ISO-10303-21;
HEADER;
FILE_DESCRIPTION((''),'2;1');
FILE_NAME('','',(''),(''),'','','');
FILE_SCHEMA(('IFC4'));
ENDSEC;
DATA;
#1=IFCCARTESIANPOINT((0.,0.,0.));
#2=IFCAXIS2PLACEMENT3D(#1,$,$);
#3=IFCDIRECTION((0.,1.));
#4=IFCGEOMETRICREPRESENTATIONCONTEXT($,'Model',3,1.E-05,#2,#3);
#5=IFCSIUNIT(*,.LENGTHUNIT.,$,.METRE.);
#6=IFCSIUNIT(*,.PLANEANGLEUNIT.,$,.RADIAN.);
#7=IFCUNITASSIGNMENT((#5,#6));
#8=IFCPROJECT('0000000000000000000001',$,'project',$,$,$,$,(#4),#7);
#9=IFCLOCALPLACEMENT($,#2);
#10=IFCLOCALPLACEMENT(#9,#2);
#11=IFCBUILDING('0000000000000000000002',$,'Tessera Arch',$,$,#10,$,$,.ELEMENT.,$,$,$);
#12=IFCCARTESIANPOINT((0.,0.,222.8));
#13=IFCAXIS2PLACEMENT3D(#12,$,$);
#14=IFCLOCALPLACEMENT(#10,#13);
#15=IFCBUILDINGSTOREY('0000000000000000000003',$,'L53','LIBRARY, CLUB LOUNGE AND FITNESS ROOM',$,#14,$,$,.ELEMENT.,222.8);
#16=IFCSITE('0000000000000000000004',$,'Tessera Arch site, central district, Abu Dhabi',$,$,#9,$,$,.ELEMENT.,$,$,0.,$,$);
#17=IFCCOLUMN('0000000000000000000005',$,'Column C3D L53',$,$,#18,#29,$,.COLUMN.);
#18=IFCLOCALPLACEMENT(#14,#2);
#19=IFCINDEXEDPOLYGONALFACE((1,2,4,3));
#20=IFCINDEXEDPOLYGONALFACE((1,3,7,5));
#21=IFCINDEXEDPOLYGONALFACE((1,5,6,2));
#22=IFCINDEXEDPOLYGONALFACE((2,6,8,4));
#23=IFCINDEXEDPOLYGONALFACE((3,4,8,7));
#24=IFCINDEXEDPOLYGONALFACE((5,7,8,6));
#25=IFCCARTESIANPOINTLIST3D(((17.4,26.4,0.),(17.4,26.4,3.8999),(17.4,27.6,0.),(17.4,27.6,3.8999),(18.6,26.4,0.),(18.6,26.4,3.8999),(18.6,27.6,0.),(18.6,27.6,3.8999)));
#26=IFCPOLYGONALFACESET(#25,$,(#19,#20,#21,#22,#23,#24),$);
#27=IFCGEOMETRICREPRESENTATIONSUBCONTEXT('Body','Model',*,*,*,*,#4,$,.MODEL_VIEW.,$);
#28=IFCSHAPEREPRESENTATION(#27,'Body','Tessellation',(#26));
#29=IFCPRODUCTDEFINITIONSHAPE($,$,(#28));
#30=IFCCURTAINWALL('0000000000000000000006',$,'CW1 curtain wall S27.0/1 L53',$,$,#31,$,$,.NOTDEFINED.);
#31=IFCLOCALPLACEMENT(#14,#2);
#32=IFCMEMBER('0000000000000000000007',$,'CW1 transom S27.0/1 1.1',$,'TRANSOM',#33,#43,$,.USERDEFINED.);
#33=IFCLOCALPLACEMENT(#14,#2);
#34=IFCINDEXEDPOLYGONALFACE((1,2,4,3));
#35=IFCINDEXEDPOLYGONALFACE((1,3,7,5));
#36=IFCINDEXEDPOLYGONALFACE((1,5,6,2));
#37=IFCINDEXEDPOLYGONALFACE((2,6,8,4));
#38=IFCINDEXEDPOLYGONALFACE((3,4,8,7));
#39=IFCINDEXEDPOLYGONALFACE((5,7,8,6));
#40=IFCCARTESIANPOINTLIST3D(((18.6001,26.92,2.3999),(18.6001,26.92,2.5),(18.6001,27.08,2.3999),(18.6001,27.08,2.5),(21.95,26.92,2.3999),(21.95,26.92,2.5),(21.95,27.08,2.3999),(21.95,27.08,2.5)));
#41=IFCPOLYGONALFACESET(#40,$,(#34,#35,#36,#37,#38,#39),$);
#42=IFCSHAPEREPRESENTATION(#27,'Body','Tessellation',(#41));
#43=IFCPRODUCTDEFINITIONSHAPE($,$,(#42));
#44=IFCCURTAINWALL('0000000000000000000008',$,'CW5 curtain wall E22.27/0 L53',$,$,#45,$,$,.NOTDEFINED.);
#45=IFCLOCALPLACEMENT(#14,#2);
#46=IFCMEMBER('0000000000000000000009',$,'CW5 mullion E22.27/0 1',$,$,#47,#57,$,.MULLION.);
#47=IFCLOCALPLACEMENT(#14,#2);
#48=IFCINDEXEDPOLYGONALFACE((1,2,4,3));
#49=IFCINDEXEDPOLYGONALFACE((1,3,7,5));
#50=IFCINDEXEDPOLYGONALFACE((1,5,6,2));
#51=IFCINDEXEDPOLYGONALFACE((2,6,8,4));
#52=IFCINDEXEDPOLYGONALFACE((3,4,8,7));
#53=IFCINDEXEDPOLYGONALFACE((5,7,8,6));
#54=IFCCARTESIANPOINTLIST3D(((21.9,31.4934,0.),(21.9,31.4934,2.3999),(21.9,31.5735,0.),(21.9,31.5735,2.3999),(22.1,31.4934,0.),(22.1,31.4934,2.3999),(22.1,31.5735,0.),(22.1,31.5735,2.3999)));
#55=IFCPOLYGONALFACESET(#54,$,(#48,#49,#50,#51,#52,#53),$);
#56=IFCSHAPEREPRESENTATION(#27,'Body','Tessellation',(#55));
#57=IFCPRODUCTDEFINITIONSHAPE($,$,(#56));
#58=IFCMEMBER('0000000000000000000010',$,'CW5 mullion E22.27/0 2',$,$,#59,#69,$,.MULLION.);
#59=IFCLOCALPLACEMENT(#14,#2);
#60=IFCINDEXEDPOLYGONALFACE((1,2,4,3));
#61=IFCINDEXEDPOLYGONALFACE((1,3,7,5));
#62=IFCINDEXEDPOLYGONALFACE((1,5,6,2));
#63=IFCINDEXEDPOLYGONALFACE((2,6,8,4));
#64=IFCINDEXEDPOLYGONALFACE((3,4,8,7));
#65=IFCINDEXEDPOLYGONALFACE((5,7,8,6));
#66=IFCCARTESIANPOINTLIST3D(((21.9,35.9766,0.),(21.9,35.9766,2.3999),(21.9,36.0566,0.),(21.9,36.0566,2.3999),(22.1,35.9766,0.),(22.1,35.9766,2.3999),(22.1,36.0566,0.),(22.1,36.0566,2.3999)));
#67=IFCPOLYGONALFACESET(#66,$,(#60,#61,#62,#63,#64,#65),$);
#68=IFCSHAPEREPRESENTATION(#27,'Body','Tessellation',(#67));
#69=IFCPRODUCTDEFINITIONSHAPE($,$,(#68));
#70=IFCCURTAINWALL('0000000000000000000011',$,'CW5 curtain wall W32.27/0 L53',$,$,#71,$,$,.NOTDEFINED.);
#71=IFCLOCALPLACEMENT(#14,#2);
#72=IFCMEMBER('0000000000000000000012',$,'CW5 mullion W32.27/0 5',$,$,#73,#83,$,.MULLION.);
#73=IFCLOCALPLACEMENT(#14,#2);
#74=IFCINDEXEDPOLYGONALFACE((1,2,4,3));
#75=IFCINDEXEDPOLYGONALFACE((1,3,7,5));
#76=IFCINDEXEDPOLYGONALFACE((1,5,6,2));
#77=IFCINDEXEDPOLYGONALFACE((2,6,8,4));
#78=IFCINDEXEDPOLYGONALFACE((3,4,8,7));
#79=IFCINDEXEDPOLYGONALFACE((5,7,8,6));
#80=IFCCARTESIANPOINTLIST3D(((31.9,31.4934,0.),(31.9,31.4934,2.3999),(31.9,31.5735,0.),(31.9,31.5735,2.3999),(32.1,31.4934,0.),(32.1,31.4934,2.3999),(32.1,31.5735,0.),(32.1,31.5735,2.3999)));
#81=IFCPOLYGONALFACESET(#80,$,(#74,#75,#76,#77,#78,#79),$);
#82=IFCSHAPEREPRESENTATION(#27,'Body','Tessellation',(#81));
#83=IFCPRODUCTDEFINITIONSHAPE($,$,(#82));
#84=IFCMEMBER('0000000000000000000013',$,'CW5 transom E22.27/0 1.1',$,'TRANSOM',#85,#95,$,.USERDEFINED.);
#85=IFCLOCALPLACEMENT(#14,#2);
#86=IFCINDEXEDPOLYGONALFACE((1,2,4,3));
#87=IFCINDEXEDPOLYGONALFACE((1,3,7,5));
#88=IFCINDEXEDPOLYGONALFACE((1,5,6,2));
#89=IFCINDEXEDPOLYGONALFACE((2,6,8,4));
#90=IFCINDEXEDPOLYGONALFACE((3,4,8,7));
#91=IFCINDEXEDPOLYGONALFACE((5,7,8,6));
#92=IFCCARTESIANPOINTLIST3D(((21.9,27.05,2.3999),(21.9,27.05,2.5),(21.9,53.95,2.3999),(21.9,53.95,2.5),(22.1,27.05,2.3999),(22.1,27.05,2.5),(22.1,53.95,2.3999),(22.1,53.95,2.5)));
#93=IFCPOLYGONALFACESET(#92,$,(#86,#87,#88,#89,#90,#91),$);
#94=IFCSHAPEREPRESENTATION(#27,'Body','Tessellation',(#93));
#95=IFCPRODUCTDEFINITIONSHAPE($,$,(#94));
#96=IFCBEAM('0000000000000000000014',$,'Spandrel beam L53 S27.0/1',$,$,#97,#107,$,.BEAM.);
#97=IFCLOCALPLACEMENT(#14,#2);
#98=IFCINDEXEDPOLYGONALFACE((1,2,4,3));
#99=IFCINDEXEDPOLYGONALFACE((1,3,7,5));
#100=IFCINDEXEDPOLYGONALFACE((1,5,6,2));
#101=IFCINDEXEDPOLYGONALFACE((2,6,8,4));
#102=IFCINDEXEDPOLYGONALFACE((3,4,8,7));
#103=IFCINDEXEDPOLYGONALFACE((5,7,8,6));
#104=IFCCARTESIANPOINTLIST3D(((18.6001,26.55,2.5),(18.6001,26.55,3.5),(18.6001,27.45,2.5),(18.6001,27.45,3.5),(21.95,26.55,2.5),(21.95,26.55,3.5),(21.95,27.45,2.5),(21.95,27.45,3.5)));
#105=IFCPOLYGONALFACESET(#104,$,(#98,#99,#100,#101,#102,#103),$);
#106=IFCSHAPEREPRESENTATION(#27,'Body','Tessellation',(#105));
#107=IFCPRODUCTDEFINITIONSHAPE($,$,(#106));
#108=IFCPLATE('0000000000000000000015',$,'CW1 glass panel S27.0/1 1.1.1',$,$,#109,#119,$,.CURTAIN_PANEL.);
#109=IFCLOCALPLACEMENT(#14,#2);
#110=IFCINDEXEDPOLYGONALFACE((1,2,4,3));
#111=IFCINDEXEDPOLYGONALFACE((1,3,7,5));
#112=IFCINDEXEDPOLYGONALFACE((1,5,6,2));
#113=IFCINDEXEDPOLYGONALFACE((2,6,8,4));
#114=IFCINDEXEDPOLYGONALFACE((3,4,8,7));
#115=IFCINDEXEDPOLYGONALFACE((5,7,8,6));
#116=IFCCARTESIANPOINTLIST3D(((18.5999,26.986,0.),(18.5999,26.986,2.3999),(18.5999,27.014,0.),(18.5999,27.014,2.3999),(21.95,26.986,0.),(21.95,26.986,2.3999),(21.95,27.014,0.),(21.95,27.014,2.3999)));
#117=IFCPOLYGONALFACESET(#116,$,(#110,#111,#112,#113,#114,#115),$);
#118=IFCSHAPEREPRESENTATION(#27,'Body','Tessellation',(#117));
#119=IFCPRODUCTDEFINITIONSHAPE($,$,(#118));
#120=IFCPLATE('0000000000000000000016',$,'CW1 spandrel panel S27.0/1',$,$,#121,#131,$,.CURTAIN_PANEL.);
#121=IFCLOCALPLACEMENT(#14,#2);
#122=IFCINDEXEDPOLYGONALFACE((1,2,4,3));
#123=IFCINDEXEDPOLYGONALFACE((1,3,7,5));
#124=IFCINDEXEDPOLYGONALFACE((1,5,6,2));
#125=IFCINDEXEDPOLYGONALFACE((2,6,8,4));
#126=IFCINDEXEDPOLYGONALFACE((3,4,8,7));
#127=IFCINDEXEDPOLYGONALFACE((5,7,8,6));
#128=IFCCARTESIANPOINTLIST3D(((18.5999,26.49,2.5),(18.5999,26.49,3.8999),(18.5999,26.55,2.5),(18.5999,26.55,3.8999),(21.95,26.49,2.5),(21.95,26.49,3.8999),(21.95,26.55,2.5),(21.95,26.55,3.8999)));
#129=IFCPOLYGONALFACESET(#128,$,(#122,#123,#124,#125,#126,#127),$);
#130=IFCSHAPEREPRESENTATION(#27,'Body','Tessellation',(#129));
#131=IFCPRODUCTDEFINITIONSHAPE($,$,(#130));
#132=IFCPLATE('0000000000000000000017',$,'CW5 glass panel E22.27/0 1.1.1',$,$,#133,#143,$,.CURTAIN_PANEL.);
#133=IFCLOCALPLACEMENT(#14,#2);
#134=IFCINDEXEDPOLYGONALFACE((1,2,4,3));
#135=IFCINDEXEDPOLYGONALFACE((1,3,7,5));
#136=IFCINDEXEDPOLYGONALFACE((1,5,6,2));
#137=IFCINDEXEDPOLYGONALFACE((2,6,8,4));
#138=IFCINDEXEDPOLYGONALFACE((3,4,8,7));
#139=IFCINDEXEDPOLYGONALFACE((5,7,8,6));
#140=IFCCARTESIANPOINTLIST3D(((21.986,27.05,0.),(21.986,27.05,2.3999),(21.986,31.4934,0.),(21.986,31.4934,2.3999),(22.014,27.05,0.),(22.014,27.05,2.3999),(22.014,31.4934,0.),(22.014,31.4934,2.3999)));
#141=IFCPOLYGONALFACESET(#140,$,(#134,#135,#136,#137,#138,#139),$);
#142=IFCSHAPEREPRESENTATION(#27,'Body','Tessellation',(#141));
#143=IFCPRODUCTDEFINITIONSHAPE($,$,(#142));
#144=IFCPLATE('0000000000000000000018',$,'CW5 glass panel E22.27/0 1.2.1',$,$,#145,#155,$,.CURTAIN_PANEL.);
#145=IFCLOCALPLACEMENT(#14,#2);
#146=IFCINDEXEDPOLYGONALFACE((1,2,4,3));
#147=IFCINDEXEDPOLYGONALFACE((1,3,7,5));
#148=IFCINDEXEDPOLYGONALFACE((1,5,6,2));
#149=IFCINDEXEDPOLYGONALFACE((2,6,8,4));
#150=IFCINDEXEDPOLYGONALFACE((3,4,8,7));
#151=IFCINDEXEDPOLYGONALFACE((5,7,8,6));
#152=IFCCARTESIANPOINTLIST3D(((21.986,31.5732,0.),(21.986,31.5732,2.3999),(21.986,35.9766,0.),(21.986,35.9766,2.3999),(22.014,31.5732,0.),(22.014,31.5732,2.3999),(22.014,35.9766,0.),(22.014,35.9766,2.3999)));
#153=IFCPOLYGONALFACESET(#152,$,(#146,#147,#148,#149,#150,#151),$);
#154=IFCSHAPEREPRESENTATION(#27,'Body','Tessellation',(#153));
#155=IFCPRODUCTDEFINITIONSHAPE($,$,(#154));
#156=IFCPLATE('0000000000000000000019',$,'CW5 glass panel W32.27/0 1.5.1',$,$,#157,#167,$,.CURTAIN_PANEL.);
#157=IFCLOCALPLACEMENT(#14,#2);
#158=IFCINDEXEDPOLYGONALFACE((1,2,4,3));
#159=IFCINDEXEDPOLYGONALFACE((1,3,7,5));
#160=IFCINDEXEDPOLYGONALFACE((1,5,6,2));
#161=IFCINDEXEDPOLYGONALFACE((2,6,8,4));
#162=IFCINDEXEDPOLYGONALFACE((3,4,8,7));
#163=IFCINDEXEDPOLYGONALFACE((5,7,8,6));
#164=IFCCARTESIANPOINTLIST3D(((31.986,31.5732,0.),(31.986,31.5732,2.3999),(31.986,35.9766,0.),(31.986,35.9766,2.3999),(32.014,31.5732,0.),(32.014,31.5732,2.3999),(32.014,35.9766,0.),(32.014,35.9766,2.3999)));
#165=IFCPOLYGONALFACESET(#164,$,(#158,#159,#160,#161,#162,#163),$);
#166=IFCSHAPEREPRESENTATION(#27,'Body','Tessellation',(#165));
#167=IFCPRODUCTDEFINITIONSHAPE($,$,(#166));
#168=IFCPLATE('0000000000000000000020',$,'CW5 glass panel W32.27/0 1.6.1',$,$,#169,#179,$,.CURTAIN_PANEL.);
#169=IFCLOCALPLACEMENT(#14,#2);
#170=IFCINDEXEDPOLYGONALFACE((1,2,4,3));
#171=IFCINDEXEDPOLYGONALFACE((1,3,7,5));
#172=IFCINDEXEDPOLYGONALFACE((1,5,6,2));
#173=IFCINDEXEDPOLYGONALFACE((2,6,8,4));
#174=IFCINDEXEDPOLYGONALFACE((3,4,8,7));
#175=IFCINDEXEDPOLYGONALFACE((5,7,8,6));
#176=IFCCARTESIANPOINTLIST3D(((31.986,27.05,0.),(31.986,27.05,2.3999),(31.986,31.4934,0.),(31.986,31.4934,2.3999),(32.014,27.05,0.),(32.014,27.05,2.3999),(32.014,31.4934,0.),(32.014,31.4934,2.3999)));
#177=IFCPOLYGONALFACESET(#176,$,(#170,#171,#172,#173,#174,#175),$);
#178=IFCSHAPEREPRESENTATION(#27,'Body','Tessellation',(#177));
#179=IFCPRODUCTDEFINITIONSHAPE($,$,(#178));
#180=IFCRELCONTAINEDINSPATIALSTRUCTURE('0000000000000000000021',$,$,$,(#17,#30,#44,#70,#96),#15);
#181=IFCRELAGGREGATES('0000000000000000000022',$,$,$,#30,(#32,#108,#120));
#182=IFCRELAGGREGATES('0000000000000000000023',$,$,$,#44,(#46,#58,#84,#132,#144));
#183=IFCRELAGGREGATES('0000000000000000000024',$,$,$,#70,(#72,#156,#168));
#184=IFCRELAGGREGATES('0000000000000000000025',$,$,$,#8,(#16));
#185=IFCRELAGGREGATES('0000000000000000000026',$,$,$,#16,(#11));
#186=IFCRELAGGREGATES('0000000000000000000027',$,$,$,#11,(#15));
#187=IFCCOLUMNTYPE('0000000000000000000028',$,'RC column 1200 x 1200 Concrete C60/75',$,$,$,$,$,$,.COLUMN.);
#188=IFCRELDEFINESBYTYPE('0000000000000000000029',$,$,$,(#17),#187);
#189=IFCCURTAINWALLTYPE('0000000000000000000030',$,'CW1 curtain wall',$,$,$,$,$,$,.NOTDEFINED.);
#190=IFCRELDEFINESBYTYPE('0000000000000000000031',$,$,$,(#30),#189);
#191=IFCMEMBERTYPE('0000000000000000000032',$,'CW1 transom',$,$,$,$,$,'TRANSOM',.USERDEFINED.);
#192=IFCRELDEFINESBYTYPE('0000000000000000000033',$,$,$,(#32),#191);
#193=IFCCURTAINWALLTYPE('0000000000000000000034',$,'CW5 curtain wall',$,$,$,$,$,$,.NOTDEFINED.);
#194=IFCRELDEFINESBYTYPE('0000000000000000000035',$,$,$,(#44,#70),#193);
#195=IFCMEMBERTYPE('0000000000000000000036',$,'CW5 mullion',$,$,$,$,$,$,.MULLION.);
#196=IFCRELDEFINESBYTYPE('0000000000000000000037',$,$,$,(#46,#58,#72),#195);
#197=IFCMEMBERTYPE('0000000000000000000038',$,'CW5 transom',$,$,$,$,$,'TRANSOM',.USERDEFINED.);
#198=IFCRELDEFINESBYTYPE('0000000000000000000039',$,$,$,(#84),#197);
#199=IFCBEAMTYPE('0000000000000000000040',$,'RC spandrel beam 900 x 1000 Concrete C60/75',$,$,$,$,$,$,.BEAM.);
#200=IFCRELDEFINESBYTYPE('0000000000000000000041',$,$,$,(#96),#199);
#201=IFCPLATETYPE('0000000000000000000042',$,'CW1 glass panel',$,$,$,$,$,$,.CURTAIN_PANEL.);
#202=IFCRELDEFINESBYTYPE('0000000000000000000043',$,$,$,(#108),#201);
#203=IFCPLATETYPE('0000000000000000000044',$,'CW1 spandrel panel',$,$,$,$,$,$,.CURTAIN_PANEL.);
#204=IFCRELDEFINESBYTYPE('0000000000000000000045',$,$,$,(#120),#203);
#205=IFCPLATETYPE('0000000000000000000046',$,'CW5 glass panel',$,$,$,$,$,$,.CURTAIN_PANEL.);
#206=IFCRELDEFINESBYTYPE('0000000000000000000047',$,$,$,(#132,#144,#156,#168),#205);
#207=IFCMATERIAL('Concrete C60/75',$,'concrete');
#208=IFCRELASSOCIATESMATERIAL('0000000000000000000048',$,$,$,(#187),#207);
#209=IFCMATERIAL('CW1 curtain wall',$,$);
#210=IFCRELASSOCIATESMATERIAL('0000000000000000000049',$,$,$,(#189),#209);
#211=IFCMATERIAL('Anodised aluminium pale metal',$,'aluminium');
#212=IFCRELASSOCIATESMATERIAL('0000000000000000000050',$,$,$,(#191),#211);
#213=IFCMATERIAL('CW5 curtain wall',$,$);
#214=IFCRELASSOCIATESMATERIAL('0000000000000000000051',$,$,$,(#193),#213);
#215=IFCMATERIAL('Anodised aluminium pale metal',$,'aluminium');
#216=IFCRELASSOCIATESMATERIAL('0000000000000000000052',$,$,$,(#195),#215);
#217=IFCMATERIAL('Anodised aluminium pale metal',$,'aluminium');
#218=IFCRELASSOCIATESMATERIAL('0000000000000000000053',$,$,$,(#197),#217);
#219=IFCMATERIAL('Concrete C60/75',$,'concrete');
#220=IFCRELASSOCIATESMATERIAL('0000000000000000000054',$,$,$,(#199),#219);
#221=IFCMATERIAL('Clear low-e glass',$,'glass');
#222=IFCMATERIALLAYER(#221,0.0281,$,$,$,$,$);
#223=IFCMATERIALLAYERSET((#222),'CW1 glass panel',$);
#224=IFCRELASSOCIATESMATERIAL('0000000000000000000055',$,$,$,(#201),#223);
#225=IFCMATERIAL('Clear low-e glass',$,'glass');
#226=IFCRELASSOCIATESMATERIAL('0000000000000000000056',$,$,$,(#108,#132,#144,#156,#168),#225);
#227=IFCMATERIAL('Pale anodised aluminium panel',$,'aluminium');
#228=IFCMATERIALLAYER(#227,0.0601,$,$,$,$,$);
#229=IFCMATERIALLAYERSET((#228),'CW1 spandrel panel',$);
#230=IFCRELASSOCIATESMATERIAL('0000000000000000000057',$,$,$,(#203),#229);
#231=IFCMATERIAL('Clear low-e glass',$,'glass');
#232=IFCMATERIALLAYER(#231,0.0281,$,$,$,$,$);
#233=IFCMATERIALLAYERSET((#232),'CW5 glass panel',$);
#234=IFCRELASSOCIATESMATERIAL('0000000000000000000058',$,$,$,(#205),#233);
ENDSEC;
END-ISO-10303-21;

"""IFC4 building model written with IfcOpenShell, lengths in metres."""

from ifc_helpers import new_model, si_unit, direction, frame, origin, origin_2d, place, context, subcontext, project, spatial, rectangle, extrude, material, layer, layer_set, material_profile, profile_set, type_object, element, aggregate, save


model = new_model("IFC4")

# Units and contexts
model_context = context("Model", 3, precision=1e-05, world=origin(), true_north=direction((0.0, 1.0)))
body_context = subcontext(model_context, "Body", "Model", "MODEL_VIEW")
ifc_project = project(units=[si_unit("LENGTHUNIT", "METRE"), si_unit("PLANEANGLEUNIT", "RADIAN")], contexts=[model_context])

# Site, building, storey
site_placement = place(None, origin())
site = spatial("IfcSite", under=ifc_project, at=site_placement, Name="Tessera Arch site, central district, Abu Dhabi", CompositionType="ELEMENT", RefElevation=0.0)
building_placement = place(site_placement, origin())
building = spatial("IfcBuilding", under=site, at=building_placement, Name="Tessera Arch", CompositionType="ELEMENT")
storey_placement = place(building_placement, frame((0.0, 0.0, 222.8)))
storey = spatial("IfcBuildingStorey", under=building, at=storey_placement, Name="L53", Description="LIBRARY, CLUB LOUNGE AND FITNESS ROOM", CompositionType="ELEMENT", Elevation=222.8)

# Column
ifc_material_1 = material(Name="Concrete C60/75", Category="concrete")
ifc_material_profile_1 = material_profile(ifc_material_1, rectangle(XDim=1.2, YDim=1.2, at=origin_2d()), Name="RC column 1200 x 1200 Concrete C60/75")
ifc_profile_set_1 = profile_set([ifc_material_profile_1], Name="Concrete C60/75")
column_type = type_object("IfcColumnType", Name="RC column 1200 x 1200 Concrete C60/75", PredefinedType="COLUMN", material=ifc_profile_set_1)
column_placement = place(storey_placement, frame((18.0, 27.0, 0.0), z_axis=(0.0, 0.0, 1.0), x_axis=(1.0, 0.0, 0.0)))
element("IfcColumn", 1, at=column_placement, inside=storey, type_object=column_type, Name="Column C3D L53", PredefinedType="COLUMN", context=body_context, shape_type="SweptSolid", body=[
    extrude(rectangle(XDim=1.2, YDim=1.2, at=origin_2d()), origin(), (0.0, 0.0, 1.0), 3.8999),
])

# Curtain wall, member
ifc_material_2 = material(Name="CW1 curtain wall")
curtain_wall_type_1 = type_object("IfcCurtainWallType", Name="CW1 curtain wall", PredefinedType="NOTDEFINED", material=ifc_material_2)
curtain_wall_1_placement = place(storey_placement, origin())
curtain_wall_1 = element("IfcCurtainWall", 2, at=curtain_wall_1_placement, inside=storey, type_object=curtain_wall_type_1, Name="CW1 curtain wall S27.0/1 L53", PredefinedType="NOTDEFINED")
ifc_material_3 = material(Name="Anodised aluminium pale metal", Category="aluminium")
ifc_material_profile_2 = material_profile(ifc_material_3, rectangle(XDim=0.1599, YDim=0.1001, at=origin_2d()), Name="AL 160x100")
ifc_profile_set_2 = profile_set([ifc_material_profile_2], Name="Anodised aluminium pale metal")
member_type_1 = type_object("IfcMemberType", Name="CW1 transom", ElementType="TRANSOM", PredefinedType="USERDEFINED", material=ifc_profile_set_2)
member_1_placement = place(storey_placement, frame((18.6001, 27.0, 2.45), z_axis=(1.0, 0.0, 0.0), x_axis=(0.0, 1.0, 0.0)))
member_1 = element("IfcMember", 3, at=member_1_placement, type_object=member_type_1, Name="CW1 transom S27.0/1 1.1", ObjectType="TRANSOM", PredefinedType="USERDEFINED", context=body_context, shape_type="SweptSolid", body=[
    extrude(rectangle(XDim=0.1599, YDim=0.1001, at=origin_2d()), origin(), (0.0, 0.0, 1.0), 3.3499),
])

# Curtain wall, members
ifc_material_4 = material(Name="CW5 curtain wall")
curtain_wall_type_2 = type_object("IfcCurtainWallType", Name="CW5 curtain wall", PredefinedType="NOTDEFINED", material=ifc_material_4)
curtain_wall_2_placement = place(storey_placement, origin())
curtain_wall_2 = element("IfcCurtainWall", 4, at=curtain_wall_2_placement, inside=storey, type_object=curtain_wall_type_2, Name="CW5 curtain wall E22.27/0 L53", PredefinedType="NOTDEFINED")
ifc_material_5 = material(Name="Anodised aluminium pale metal", Category="aluminium")
ifc_material_profile_3 = material_profile(ifc_material_5, rectangle(XDim=0.2, YDim=0.0801, at=origin_2d()), Name="AL 80x200")
ifc_profile_set_3 = profile_set([ifc_material_profile_3], Name="Anodised aluminium pale metal")
member_type_2 = type_object("IfcMemberType", Name="CW5 mullion", PredefinedType="MULLION", material=ifc_profile_set_3)
member_2_placement = place(storey_placement, frame((22.0, 31.5334, 0.0), z_axis=(0.0, 0.0, 1.0), x_axis=(-1.0, 0.0, 0.0)))
member_2 = element("IfcMember", 5, at=member_2_placement, type_object=member_type_2, Name="CW5 mullion E22.27/0 1", PredefinedType="MULLION", context=body_context, shape_type="SweptSolid", body=[
    extrude(rectangle(XDim=0.2, YDim=0.0801, at=origin_2d()), origin(), (0.0, 0.0, 1.0), 2.3999),
])
member_3_placement = place(storey_placement, frame((22.0, 36.0166, 0.0), z_axis=(0.0, 0.0, 1.0), x_axis=(-1.0, 0.0, 0.0)))
member_3 = element("IfcMember", 6, at=member_3_placement, type_object=member_type_2, Name="CW5 mullion E22.27/0 2", PredefinedType="MULLION", context=body_context, shape_type="SweptSolid", body=[
    extrude(rectangle(XDim=0.2, YDim=0.0801, at=origin_2d()), origin(), (0.0, 0.0, 1.0), 2.3999),
])

# Curtain wall, member
curtain_wall_3_placement = place(storey_placement, origin())
curtain_wall_3 = element("IfcCurtainWall", 7, at=curtain_wall_3_placement, inside=storey, type_object=curtain_wall_type_2, Name="CW5 curtain wall W32.27/0 L53", PredefinedType="NOTDEFINED")
member_4_placement = place(storey_placement, frame((32.0, 31.5334, 0.0), z_axis=(0.0, 0.0, 1.0), x_axis=(1.0, 0.0, 0.0)))
member_4 = element("IfcMember", 8, at=member_4_placement, type_object=member_type_2, Name="CW5 mullion W32.27/0 5", PredefinedType="MULLION", context=body_context, shape_type="SweptSolid", body=[
    extrude(rectangle(XDim=0.2, YDim=0.0801, at=origin_2d()), origin(), (0.0, 0.0, 1.0), 2.3999),
])

# Member
ifc_material_6 = material(Name="Anodised aluminium pale metal", Category="aluminium")
ifc_material_profile_4 = material_profile(ifc_material_6, rectangle(XDim=0.2, YDim=0.1001, at=origin_2d()), Name="AL 200x100")
ifc_profile_set_4 = profile_set([ifc_material_profile_4], Name="Anodised aluminium pale metal")
member_type_3 = type_object("IfcMemberType", Name="CW5 transom", ElementType="TRANSOM", PredefinedType="USERDEFINED", material=ifc_profile_set_4)
member_5_placement = place(storey_placement, frame((22.0, 27.05, 2.45), z_axis=(0.0, 1.0, 0.0), x_axis=(-1.0, 0.0, 0.0)))
member_5 = element("IfcMember", 9, at=member_5_placement, type_object=member_type_3, Name="CW5 transom E22.27/0 1.1", ObjectType="TRANSOM", PredefinedType="USERDEFINED", context=body_context, shape_type="SweptSolid", body=[
    extrude(rectangle(XDim=0.2, YDim=0.1001, at=origin_2d()), origin(), (0.0, 0.0, 1.0), 26.8999),
])

# Beam
ifc_material_7 = material(Name="Concrete C60/75", Category="concrete")
ifc_material_profile_5 = material_profile(ifc_material_7, rectangle(XDim=0.8999, YDim=1.0, at=origin_2d()), Name="RC spandrel beam 900 x 1000 Concrete C60/75")
ifc_profile_set_5 = profile_set([ifc_material_profile_5], Name="Concrete C60/75")
beam_type = type_object("IfcBeamType", Name="RC spandrel beam 900 x 1000 Concrete C60/75", PredefinedType="BEAM", material=ifc_profile_set_5)
beam_placement = place(storey_placement, frame((18.6001, 27.0, 3.0), z_axis=(1.0, 0.0, 0.0), x_axis=(0.0, 1.0, 0.0)))
element("IfcBeam", 10, at=beam_placement, inside=storey, type_object=beam_type, Name="Spandrel beam L53 S27.0/1", PredefinedType="BEAM", context=body_context, shape_type="SweptSolid", body=[
    extrude(rectangle(XDim=0.8999, YDim=1.0, at=origin_2d()), origin(), (0.0, 0.0, 1.0), 3.3499),
])

# Plates
ifc_material_8 = material(Name="Clear low-e glass", Category="glass")
ifc_material_9 = material(Name="Clear low-e glass", Category="glass")
ifc_layer_1 = layer(ifc_material_9, 0.0281)
ifc_layer_set_1 = layer_set([ifc_layer_1], Name="CW1 glass panel")
plate_type_1 = type_object("IfcPlateType", Name="CW1 glass panel", PredefinedType="CURTAIN_PANEL", material=ifc_layer_set_1)
plate_1_placement = place(storey_placement, frame((20.2749, 27.0, 0.0), z_axis=(0.0, 0.0, 1.0), x_axis=(1.0, 0.0, 0.0)))
plate_1 = element("IfcPlate", 11, at=plate_1_placement, type_object=plate_type_1, material=ifc_material_8, Name="CW1 glass panel S27.0/1 1.1.1", PredefinedType="CURTAIN_PANEL", context=body_context, shape_type="SweptSolid", body=[
    extrude(rectangle(XDim=3.3501, YDim=0.0281, at=origin_2d()), origin(), (0.0, 0.0, 1.0), 2.3999),
])
ifc_material_10 = material(Name="Pale anodised aluminium panel", Category="aluminium")
ifc_layer_2 = layer(ifc_material_10, 0.0601)
ifc_layer_set_2 = layer_set([ifc_layer_2], Name="CW1 spandrel panel")
plate_type_2 = type_object("IfcPlateType", Name="CW1 spandrel panel", PredefinedType="CURTAIN_PANEL", material=ifc_layer_set_2)
plate_2_placement = place(storey_placement, frame((20.2749, 26.52, 2.5), z_axis=(0.0, 0.0, 1.0), x_axis=(1.0, 0.0, 0.0)))
plate_2 = element("IfcPlate", 12, at=plate_2_placement, type_object=plate_type_2, Name="CW1 spandrel panel S27.0/1", PredefinedType="CURTAIN_PANEL", context=body_context, shape_type="SweptSolid", body=[
    extrude(rectangle(XDim=3.3501, YDim=0.0601, at=origin_2d()), origin(), (0.0, 0.0, 1.0), 1.3999),
])
aggregate(curtain_wall_1, [member_1, plate_1, plate_2])
ifc_material_11 = material(Name="Clear low-e glass", Category="glass")
ifc_layer_3 = layer(ifc_material_11, 0.0281)
ifc_layer_set_3 = layer_set([ifc_layer_3], Name="CW5 glass panel")
plate_type_3 = type_object("IfcPlateType", Name="CW5 glass panel", PredefinedType="CURTAIN_PANEL", material=ifc_layer_set_3)
plate_3_placement = place(storey_placement, frame((22.0, 29.2717, 0.0), z_axis=(0.0, 0.0, 1.0), x_axis=(0.0, 1.0, 0.0)))
plate_3 = element("IfcPlate", 13, at=plate_3_placement, type_object=plate_type_3, material=ifc_material_8, Name="CW5 glass panel E22.27/0 1.1.1", PredefinedType="CURTAIN_PANEL", context=body_context, shape_type="SweptSolid", body=[
    extrude(rectangle(XDim=4.4434, YDim=0.0281, at=origin_2d()), origin(), (0.0, 0.0, 1.0), 2.3999),
])
plate_4_placement = place(storey_placement, frame((22.0, 33.7749, 0.0), z_axis=(0.0, 0.0, 1.0), x_axis=(0.0, 1.0, 0.0)))
plate_4 = element("IfcPlate", 14, at=plate_4_placement, type_object=plate_type_3, material=ifc_material_8, Name="CW5 glass panel E22.27/0 1.2.1", PredefinedType="CURTAIN_PANEL", context=body_context, shape_type="SweptSolid", body=[
    extrude(rectangle(XDim=4.4033, YDim=0.0281, at=origin_2d()), origin(), (0.0, 0.0, 1.0), 2.3999),
])
aggregate(curtain_wall_2, [member_2, member_3, member_5, plate_3, plate_4])
plate_5_placement = place(storey_placement, frame((32.0, 33.7749, 0.0), z_axis=(0.0, 0.0, 1.0), x_axis=(0.0, -1.0, 0.0)))
plate_5 = element("IfcPlate", 15, at=plate_5_placement, type_object=plate_type_3, material=ifc_material_8, Name="CW5 glass panel W32.27/0 1.5.1", PredefinedType="CURTAIN_PANEL", context=body_context, shape_type="SweptSolid", body=[
    extrude(rectangle(XDim=4.4033, YDim=0.0281, at=origin_2d()), origin(), (0.0, 0.0, 1.0), 2.3999),
])
plate_6_placement = place(storey_placement, frame((32.0, 29.2717, 0.0), z_axis=(0.0, 0.0, 1.0), x_axis=(0.0, -1.0, 0.0)))
plate_6 = element("IfcPlate", 16, at=plate_6_placement, type_object=plate_type_3, material=ifc_material_8, Name="CW5 glass panel W32.27/0 1.6.1", PredefinedType="CURTAIN_PANEL", context=body_context, shape_type="SweptSolid", body=[
    extrude(rectangle(XDim=4.4434, YDim=0.0281, at=origin_2d()), origin(), (0.0, 0.0, 1.0), 2.3999),
])
aggregate(curtain_wall_3, [member_4, plate_5, plate_6])

save(model, "model.ifc")
